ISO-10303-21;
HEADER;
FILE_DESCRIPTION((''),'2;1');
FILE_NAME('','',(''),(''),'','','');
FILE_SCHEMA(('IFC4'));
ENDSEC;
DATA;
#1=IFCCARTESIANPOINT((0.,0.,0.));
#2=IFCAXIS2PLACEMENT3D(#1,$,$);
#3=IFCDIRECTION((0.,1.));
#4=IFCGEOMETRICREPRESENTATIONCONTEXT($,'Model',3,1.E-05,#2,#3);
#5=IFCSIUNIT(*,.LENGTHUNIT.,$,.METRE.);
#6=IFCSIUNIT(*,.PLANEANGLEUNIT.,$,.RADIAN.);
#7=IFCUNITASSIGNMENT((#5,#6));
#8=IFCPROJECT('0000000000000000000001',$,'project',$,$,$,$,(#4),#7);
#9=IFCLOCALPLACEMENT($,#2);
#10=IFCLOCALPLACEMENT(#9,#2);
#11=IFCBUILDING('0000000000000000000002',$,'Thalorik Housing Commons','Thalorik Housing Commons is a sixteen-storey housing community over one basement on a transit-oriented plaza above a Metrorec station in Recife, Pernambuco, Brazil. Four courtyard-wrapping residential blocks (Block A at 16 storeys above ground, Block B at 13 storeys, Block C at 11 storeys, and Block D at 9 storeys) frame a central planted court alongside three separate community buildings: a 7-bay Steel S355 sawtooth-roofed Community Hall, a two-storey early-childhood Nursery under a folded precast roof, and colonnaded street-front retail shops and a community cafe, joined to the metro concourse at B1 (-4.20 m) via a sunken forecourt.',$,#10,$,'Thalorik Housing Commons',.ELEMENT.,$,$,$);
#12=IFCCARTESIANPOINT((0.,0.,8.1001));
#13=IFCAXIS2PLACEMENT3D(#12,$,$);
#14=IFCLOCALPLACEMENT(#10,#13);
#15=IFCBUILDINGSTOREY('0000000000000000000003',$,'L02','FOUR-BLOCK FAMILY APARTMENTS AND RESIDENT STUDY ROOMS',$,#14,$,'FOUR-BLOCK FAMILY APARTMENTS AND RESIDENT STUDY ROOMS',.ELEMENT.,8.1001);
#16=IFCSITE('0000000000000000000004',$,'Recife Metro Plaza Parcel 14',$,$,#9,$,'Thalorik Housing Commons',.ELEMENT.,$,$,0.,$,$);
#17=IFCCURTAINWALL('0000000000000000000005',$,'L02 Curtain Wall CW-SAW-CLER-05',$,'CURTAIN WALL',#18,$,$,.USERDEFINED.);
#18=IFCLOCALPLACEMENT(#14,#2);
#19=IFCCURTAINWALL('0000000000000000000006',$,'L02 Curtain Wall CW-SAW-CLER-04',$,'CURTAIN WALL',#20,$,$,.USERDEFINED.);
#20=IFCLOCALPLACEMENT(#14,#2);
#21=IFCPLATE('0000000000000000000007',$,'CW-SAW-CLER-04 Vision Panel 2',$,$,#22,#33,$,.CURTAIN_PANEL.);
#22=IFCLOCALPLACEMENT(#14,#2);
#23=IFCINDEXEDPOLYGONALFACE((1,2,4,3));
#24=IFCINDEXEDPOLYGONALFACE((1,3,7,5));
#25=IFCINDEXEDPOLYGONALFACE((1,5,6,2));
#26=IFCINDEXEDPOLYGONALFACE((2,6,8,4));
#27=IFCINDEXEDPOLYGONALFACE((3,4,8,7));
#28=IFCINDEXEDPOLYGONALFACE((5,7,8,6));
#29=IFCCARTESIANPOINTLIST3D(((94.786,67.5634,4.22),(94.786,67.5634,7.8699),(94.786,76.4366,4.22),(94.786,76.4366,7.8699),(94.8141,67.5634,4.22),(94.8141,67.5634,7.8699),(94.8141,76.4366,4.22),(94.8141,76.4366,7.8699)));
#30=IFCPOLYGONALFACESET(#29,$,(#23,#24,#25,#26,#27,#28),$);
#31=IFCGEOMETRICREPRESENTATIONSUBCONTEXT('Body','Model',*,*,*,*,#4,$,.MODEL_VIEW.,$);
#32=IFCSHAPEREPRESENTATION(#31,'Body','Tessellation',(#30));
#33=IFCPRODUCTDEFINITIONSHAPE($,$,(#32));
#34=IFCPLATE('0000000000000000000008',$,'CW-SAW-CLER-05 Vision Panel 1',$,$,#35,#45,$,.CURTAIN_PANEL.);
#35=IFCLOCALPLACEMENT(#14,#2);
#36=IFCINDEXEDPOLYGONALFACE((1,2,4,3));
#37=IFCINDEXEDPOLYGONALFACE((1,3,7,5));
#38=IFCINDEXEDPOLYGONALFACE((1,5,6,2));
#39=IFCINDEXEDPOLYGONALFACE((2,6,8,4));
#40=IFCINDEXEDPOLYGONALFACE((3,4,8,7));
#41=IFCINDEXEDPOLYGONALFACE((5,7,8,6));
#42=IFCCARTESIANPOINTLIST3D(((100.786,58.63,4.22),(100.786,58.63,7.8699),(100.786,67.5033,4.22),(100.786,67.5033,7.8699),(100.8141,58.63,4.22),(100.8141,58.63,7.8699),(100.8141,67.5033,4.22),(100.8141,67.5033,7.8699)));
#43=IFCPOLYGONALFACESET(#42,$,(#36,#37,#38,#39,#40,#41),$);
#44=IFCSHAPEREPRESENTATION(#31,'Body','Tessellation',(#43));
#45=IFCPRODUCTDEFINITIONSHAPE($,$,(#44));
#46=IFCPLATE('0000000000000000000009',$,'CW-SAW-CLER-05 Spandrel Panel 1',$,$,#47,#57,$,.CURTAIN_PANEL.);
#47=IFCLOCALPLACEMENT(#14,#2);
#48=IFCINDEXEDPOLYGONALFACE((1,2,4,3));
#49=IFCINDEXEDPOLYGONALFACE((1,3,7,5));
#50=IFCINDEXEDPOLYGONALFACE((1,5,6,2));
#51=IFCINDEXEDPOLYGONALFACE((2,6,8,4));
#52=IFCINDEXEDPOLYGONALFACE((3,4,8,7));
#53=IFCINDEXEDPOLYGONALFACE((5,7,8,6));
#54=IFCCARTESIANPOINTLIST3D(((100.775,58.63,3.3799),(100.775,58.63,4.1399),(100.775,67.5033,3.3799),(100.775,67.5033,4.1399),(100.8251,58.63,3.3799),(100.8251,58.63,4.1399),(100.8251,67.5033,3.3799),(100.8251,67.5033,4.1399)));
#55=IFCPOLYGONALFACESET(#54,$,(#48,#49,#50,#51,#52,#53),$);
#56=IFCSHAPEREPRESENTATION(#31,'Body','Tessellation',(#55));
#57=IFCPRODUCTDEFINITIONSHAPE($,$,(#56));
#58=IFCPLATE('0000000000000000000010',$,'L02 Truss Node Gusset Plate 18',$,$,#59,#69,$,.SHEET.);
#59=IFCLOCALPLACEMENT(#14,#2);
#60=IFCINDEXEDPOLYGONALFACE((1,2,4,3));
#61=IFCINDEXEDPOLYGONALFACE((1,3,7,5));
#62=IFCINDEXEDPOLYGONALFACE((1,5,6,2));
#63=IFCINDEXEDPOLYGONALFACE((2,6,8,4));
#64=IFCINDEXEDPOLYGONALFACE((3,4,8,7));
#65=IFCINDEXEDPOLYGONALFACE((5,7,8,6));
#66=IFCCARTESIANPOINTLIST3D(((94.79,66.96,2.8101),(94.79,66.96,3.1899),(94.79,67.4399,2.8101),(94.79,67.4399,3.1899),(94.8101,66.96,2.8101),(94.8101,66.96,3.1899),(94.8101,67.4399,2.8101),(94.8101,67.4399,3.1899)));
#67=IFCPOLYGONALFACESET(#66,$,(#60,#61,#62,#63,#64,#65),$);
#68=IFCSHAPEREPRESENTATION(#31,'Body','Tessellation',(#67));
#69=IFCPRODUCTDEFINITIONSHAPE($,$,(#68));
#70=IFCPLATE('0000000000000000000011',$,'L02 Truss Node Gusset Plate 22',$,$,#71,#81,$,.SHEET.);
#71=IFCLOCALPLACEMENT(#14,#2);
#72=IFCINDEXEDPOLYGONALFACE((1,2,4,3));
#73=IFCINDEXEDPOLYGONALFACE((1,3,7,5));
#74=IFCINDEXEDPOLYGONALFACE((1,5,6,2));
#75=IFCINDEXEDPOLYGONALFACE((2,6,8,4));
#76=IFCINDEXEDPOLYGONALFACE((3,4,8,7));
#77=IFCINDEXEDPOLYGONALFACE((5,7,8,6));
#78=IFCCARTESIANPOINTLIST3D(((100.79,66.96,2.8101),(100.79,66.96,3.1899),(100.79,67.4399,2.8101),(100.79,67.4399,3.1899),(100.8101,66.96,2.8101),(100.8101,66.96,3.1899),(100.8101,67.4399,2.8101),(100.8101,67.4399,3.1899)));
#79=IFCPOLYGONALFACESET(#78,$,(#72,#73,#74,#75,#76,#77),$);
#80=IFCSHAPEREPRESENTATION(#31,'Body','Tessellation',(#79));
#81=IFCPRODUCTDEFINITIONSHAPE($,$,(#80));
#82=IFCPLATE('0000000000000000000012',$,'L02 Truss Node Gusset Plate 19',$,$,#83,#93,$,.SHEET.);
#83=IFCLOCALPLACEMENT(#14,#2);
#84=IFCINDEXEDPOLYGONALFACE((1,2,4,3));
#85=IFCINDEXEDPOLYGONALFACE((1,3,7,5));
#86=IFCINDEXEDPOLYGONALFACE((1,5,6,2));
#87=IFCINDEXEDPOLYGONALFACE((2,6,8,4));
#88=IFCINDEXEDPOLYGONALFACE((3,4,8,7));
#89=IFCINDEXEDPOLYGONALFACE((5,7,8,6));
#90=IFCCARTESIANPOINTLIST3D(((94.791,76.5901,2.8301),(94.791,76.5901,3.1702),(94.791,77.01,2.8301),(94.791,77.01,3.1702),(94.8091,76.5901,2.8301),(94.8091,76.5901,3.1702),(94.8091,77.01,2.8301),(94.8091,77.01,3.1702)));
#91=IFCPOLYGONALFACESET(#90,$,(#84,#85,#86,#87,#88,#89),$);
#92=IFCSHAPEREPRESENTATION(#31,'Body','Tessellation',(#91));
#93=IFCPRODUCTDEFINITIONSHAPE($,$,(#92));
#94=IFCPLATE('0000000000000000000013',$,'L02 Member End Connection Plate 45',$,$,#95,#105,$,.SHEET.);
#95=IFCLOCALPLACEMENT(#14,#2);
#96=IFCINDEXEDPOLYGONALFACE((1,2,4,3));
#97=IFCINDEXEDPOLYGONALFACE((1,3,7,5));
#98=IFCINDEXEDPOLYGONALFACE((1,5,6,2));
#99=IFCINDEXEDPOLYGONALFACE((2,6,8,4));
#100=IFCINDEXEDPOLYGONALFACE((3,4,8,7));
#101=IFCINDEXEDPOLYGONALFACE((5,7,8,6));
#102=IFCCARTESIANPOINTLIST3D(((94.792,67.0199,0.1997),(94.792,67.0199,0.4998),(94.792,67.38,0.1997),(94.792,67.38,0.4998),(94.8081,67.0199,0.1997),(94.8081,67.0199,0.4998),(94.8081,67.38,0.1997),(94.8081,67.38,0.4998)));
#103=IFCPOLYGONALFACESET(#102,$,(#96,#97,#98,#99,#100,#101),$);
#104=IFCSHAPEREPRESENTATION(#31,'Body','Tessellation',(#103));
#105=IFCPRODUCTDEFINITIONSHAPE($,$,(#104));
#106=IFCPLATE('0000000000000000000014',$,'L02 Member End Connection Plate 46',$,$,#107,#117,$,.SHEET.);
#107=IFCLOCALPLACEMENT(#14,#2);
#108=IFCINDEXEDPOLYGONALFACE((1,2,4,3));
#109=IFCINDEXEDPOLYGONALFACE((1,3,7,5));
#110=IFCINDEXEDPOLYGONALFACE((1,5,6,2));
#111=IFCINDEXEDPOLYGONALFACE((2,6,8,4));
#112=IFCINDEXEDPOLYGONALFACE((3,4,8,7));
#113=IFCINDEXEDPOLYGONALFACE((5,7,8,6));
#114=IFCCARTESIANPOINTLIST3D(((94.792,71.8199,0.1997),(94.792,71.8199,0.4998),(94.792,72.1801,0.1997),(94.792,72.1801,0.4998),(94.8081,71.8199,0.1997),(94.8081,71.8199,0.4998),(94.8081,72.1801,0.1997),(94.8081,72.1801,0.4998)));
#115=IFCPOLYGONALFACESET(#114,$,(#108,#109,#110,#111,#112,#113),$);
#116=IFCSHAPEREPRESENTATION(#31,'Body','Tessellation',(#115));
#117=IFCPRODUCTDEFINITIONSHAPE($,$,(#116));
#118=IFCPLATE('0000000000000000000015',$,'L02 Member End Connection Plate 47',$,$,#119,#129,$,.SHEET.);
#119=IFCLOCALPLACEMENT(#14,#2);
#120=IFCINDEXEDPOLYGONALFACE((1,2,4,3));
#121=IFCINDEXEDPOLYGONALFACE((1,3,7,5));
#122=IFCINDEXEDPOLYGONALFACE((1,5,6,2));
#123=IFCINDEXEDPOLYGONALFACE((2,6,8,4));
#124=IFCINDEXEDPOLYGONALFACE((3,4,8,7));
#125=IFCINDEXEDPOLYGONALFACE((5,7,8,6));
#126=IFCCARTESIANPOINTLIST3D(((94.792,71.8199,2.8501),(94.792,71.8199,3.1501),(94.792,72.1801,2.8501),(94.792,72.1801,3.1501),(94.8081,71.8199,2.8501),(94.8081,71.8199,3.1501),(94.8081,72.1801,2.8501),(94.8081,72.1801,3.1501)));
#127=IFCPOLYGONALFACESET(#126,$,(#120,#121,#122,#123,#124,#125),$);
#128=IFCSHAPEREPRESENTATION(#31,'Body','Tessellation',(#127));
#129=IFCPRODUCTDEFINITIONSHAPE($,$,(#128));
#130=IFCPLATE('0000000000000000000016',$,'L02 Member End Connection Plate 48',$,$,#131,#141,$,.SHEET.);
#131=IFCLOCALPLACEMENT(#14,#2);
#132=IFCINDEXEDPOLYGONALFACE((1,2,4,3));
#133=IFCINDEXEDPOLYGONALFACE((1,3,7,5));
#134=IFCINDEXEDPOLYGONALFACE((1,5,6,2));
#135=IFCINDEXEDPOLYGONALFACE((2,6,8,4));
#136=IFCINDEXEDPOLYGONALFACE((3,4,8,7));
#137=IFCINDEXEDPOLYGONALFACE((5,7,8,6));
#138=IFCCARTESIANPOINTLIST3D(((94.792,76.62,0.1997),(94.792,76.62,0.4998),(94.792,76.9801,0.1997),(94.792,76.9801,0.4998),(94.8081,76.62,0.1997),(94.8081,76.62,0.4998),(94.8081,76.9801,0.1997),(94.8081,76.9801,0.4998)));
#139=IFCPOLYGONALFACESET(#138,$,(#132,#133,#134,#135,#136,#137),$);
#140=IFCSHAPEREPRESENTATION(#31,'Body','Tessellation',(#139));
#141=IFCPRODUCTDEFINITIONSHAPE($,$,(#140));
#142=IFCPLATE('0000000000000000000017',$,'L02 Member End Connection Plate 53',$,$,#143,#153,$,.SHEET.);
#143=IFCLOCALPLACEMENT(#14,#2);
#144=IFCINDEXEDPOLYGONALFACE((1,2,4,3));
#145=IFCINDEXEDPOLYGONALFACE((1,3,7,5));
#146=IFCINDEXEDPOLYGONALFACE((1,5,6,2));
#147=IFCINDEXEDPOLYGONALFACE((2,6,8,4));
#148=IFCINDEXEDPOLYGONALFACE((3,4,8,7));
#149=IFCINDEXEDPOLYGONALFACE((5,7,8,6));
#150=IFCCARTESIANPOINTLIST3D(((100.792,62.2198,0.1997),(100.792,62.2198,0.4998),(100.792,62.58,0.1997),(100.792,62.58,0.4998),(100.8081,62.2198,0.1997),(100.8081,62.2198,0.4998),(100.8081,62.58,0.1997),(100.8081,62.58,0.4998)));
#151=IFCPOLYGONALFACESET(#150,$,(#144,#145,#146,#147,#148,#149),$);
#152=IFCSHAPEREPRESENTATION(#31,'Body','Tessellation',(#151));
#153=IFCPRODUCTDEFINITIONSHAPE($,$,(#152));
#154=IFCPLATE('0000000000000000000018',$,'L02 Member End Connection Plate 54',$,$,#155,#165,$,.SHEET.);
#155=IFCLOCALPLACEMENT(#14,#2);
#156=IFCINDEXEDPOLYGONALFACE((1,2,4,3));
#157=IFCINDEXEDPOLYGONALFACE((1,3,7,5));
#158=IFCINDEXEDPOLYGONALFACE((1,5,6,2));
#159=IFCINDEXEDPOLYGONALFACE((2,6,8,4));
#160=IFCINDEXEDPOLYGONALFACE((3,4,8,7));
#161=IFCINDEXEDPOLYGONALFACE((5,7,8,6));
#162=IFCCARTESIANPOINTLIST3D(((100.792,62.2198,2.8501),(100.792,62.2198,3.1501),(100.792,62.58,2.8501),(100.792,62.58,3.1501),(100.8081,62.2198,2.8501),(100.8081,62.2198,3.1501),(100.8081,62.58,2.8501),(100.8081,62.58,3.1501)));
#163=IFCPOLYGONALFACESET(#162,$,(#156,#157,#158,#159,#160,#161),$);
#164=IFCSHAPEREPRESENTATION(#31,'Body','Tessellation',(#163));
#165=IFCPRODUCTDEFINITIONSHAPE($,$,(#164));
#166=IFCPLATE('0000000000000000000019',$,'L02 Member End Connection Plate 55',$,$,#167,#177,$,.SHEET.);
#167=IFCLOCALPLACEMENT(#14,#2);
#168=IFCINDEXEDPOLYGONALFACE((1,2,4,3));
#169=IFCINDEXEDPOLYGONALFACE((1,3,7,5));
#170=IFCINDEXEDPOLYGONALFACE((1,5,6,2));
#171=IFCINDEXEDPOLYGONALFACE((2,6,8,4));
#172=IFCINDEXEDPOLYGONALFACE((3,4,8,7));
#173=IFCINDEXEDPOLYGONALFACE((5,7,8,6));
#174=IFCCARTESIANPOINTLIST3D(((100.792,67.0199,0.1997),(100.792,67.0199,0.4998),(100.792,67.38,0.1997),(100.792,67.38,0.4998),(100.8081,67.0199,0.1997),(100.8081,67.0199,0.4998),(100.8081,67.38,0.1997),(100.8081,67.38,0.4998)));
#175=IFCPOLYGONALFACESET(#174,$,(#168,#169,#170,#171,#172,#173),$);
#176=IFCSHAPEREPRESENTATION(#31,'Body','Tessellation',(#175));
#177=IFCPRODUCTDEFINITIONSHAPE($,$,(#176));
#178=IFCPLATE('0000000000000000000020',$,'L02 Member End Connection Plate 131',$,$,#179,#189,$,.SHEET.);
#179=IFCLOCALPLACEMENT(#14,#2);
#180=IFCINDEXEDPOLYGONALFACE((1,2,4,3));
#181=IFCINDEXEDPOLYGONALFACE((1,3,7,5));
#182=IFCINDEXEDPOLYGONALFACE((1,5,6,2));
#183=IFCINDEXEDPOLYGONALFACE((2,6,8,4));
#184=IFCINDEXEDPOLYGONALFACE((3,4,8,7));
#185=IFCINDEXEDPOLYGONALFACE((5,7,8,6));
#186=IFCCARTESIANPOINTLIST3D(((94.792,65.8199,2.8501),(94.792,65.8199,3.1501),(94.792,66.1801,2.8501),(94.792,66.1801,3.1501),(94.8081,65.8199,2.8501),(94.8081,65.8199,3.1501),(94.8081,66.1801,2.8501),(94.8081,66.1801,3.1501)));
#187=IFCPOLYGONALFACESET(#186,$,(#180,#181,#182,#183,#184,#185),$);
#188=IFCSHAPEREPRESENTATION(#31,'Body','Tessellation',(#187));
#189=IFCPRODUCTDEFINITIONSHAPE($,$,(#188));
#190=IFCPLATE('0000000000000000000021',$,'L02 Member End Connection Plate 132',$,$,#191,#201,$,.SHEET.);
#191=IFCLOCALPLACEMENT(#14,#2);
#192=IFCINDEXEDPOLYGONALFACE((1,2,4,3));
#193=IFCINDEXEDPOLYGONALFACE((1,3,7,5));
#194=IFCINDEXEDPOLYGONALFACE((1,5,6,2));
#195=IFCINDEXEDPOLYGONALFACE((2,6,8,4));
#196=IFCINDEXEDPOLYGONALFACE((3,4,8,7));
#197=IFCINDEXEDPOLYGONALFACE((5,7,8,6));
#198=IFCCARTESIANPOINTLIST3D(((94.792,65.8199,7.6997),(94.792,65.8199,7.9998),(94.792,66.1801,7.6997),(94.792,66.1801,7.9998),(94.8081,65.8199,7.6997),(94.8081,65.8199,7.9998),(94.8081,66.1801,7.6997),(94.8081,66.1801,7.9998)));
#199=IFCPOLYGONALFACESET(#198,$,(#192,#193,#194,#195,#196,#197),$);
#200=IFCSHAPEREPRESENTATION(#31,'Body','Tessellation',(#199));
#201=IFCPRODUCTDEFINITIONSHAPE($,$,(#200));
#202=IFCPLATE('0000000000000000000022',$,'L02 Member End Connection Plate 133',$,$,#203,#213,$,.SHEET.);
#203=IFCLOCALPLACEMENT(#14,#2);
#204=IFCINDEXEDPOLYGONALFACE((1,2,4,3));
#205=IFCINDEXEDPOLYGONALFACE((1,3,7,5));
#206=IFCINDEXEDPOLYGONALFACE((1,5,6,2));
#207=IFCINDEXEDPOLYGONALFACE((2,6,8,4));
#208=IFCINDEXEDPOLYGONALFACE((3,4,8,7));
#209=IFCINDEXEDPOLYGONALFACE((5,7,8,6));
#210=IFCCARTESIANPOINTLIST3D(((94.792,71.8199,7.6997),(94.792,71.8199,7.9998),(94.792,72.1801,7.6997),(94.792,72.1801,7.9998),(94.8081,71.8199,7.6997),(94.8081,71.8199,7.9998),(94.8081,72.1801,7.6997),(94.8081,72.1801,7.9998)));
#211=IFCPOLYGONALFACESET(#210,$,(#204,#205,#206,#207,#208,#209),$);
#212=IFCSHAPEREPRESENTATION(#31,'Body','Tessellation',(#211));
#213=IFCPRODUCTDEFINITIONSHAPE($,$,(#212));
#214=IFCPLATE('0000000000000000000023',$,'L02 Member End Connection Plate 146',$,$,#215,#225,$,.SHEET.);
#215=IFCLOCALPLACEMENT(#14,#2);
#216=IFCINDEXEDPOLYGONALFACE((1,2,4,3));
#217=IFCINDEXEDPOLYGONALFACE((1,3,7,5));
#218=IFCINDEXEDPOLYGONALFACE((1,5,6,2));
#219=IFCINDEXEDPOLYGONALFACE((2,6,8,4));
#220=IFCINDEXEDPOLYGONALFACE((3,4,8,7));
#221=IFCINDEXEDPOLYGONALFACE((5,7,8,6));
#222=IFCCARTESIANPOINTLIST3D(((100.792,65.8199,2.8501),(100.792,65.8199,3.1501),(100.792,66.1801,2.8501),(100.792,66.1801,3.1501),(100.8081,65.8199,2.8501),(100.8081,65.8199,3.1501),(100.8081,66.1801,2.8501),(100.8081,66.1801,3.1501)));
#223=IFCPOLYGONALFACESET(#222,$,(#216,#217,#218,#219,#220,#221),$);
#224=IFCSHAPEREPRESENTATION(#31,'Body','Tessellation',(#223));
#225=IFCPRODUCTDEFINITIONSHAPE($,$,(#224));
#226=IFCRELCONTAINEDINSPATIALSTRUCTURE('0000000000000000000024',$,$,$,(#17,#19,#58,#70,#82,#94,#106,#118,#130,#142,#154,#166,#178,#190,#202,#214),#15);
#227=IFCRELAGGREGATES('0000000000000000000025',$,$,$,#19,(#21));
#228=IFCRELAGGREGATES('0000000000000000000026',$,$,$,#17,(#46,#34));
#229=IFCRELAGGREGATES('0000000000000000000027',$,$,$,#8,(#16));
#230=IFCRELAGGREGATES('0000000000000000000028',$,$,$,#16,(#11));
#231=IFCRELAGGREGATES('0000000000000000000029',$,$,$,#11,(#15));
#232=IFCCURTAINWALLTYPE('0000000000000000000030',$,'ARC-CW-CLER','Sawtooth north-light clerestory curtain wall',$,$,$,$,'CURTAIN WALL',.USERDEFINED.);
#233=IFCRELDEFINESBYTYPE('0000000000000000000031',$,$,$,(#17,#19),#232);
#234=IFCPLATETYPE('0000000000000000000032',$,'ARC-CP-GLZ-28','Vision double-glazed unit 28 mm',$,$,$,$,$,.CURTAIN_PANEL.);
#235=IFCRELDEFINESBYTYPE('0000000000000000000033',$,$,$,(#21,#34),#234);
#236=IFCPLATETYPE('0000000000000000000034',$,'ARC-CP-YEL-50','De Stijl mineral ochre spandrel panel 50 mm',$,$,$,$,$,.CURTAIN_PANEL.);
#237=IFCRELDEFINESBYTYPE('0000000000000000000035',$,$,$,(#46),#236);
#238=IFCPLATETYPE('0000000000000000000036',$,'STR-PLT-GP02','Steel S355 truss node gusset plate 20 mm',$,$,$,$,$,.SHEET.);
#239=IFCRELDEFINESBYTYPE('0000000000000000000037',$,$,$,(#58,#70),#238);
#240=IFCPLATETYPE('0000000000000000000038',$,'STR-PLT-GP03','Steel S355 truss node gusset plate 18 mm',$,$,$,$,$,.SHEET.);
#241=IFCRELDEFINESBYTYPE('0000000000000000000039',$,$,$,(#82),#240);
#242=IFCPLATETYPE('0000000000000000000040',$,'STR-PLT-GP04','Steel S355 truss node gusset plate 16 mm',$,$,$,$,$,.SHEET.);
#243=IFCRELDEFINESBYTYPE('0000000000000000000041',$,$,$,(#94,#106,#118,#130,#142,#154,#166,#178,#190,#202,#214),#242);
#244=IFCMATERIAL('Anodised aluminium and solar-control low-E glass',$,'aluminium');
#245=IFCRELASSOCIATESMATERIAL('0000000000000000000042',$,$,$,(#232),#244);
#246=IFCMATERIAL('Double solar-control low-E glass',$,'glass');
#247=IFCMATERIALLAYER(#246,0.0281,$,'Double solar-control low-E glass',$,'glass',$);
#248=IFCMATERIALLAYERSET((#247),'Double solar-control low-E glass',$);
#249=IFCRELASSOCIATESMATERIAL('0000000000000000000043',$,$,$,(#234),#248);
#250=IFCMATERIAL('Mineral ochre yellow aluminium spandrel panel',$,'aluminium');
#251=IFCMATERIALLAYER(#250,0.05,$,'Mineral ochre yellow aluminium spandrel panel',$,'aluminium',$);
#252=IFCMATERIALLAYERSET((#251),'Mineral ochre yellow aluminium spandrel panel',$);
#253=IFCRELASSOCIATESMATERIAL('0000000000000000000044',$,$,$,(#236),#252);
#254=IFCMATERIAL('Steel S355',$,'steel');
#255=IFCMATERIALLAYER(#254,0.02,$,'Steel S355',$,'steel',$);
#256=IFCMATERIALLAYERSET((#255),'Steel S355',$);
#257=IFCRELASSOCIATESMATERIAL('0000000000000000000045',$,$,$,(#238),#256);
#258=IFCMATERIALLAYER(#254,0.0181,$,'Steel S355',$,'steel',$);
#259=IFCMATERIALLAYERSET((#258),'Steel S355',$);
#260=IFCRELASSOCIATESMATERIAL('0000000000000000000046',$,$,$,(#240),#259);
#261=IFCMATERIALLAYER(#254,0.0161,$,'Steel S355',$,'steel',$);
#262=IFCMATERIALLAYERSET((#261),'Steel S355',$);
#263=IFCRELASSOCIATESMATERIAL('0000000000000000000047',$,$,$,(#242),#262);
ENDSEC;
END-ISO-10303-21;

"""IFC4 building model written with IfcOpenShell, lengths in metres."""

from ifc_helpers import new_model, si_unit, direction, frame, origin, origin_2d, place, context, subcontext, project, spatial, rectangle, extrude, material, layer, layer_set, type_object, element, aggregate, save


model = new_model("IFC4")

# Units and contexts
model_context = context("Model", 3, precision=1e-05, world=origin(), true_north=direction((0.0, 1.0)))
body_context = subcontext(model_context, "Body", "Model", "MODEL_VIEW")
ifc_project = project(units=[si_unit("LENGTHUNIT", "METRE"), si_unit("PLANEANGLEUNIT", "RADIAN")], contexts=[model_context])

# Site, building, storey
site_placement = place(None, origin())
site = spatial("IfcSite", under=ifc_project, at=site_placement, Name="Recife Metro Plaza Parcel 14", LongName="Thalorik Housing Commons", CompositionType="ELEMENT", RefElevation=0.0)
building_placement = place(site_placement, origin())
building = spatial("IfcBuilding", under=site, at=building_placement, Name="Thalorik Housing Commons", Description="Thalorik Housing Commons is a sixteen-storey housing community over one basement on a transit-oriented plaza above a Metrorec station in Recife, Pernambuco, Brazil. Four courtyard-wrapping residential blocks (Block A at 16 storeys above ground, Block B at 13 storeys, Block C at 11 storeys, and Block D at 9 storeys) frame a central planted court alongside three separate community buildings: a 7-bay Steel S355 sawtooth-roofed Community Hall, a two-storey early-childhood Nursery under a folded precast roof, and colonnaded street-front retail shops and a community cafe, joined to the metro concourse at B1 (-4.20 m) via a sunken forecourt.", LongName="Thalorik Housing Commons", CompositionType="ELEMENT")
storey_placement = place(building_placement, frame((0.0, 0.0, 8.1001)))
storey = spatial("IfcBuildingStorey", under=building, at=storey_placement, Name="L02", Description="FOUR-BLOCK FAMILY APARTMENTS AND RESIDENT STUDY ROOMS", LongName="FOUR-BLOCK FAMILY APARTMENTS AND RESIDENT STUDY ROOMS", CompositionType="ELEMENT", Elevation=8.1001)

# Curtain wall
ifc_material_1 = material(Name="Anodised aluminium and solar-control low-E glass", Category="aluminium")
curtain_wall_type = type_object("IfcCurtainWallType", Name="ARC-CW-CLER", Description="Sawtooth north-light clerestory curtain wall", ElementType="CURTAIN WALL", PredefinedType="USERDEFINED", material=ifc_material_1)
curtain_wall_1_placement = place(storey_placement, origin())
curtain_wall_1 = element("IfcCurtainWall", 1, at=curtain_wall_1_placement, inside=storey, type_object=curtain_wall_type, Name="L02 Curtain Wall CW-SAW-CLER-05", ObjectType="CURTAIN WALL", PredefinedType="USERDEFINED")

# Curtain wall
curtain_wall_2_placement = place(storey_placement, origin())
curtain_wall_2 = element("IfcCurtainWall", 2, at=curtain_wall_2_placement, inside=storey, type_object=curtain_wall_type, Name="L02 Curtain Wall CW-SAW-CLER-04", ObjectType="CURTAIN WALL", PredefinedType="USERDEFINED")

# Shared definitions
ifc_material_2 = material(Name="Steel S355", Category="steel")

# Plates
ifc_material_3 = material(Name="Double solar-control low-E glass", Category="glass")
ifc_layer_1 = layer(ifc_material_3, 0.0281, Name="Double solar-control low-E glass", Category="glass")
ifc_layer_set_1 = layer_set([ifc_layer_1], Name="Double solar-control low-E glass")
plate_type_1 = type_object("IfcPlateType", Name="ARC-CP-GLZ-28", Description="Vision double-glazed unit 28 mm", PredefinedType="CURTAIN_PANEL", material=ifc_layer_set_1)
plate_1_placement = place(storey_placement, frame((94.8, 72.0, 4.22), z_axis=(0.0, 0.0, 1.0), x_axis=(0.0, 1.0, 0.0)))
plate_1 = element("IfcPlate", 3, at=plate_1_placement, type_object=plate_type_1, Name="CW-SAW-CLER-04 Vision Panel 2", PredefinedType="CURTAIN_PANEL", context=body_context, shape_type="SweptSolid", body=[
    extrude(rectangle(XDim=8.8733, YDim=0.0281, at=origin_2d()), origin(), (0.0, 0.0, 1.0), 3.6499),
])
aggregate(curtain_wall_2, [plate_1])
plate_2_placement = place(storey_placement, frame((100.8, 63.0667, 4.22), z_axis=(0.0, 0.0, 1.0), x_axis=(0.0, 1.0, 0.0)))
plate_2 = element("IfcPlate", 4, at=plate_2_placement, type_object=plate_type_1, Name="CW-SAW-CLER-05 Vision Panel 1", PredefinedType="CURTAIN_PANEL", context=body_context, shape_type="SweptSolid", body=[
    extrude(rectangle(XDim=8.8733, YDim=0.0281, at=origin_2d()), origin(), (0.0, 0.0, 1.0), 3.6499),
])
ifc_material_4 = material(Name="Mineral ochre yellow aluminium spandrel panel", Category="aluminium")
ifc_layer_2 = layer(ifc_material_4, 0.05, Name="Mineral ochre yellow aluminium spandrel panel", Category="aluminium")
ifc_layer_set_2 = layer_set([ifc_layer_2], Name="Mineral ochre yellow aluminium spandrel panel")
plate_type_2 = type_object("IfcPlateType", Name="ARC-CP-YEL-50", Description="De Stijl mineral ochre spandrel panel 50 mm", PredefinedType="CURTAIN_PANEL", material=ifc_layer_set_2)
plate_3_placement = place(storey_placement, frame((100.8, 63.0667, 3.3799), z_axis=(0.0, 0.0, 1.0), x_axis=(0.0, 1.0, 0.0)))
plate_3 = element("IfcPlate", 5, at=plate_3_placement, type_object=plate_type_2, Name="CW-SAW-CLER-05 Spandrel Panel 1", PredefinedType="CURTAIN_PANEL", context=body_context, shape_type="SweptSolid", body=[
    extrude(rectangle(XDim=8.8733, YDim=0.05, at=origin_2d()), origin(), (0.0, 0.0, 1.0), 0.76),
])
aggregate(curtain_wall_1, [plate_3, plate_2])

# Plates
ifc_layer_3 = layer(ifc_material_2, 0.02, Name="Steel S355", Category="steel")
ifc_layer_set_3 = layer_set([ifc_layer_3], Name="Steel S355")
plate_type_3 = type_object("IfcPlateType", Name="STR-PLT-GP02", Description="Steel S355 truss node gusset plate 20 mm", PredefinedType="SHEET", material=ifc_layer_set_3)
for number, where, z_axis, x_axis, name in (
    (6, (94.8, 67.2, 2.8101), (0.0, 0.0, 1.0), (1.0, 0.0, 0.0), "L02 Truss Node Gusset Plate 18"),
    (7, (100.8, 67.2, 2.8101), (0.0, 0.0, 1.0), (1.0, 0.0, 0.0), "L02 Truss Node Gusset Plate 22"),
):
    element("IfcPlate", number, at=place(storey_placement, frame(where, z_axis=z_axis, x_axis=x_axis)), inside=storey, type_object=plate_type_3, Name=name, PredefinedType="SHEET", context=body_context, shape_type="SweptSolid", body=[
        extrude(rectangle(XDim=0.02, YDim=0.48, at=origin_2d()), origin(), (0.0, 0.0, 1.0), 0.3799),
    ])
ifc_layer_4 = layer(ifc_material_2, 0.0181, Name="Steel S355", Category="steel")
ifc_layer_set_4 = layer_set([ifc_layer_4], Name="Steel S355")
plate_type_4 = type_object("IfcPlateType", Name="STR-PLT-GP03", Description="Steel S355 truss node gusset plate 18 mm", PredefinedType="SHEET", material=ifc_layer_set_4)
plate_4_placement = place(storey_placement, frame((94.8, 76.8, 2.8301), z_axis=(0.0, 0.0, 1.0), x_axis=(1.0, 0.0, 0.0)))
element("IfcPlate", 8, at=plate_4_placement, inside=storey, type_object=plate_type_4, Name="L02 Truss Node Gusset Plate 19", PredefinedType="SHEET", context=body_context, shape_type="SweptSolid", body=[
    extrude(rectangle(XDim=0.0181, YDim=0.4199, at=origin_2d()), origin(), (0.0, 0.0, 1.0), 0.3401),
])
ifc_layer_5 = layer(ifc_material_2, 0.0161, Name="Steel S355", Category="steel")
ifc_layer_set_5 = layer_set([ifc_layer_5], Name="Steel S355")
plate_type_5 = type_object("IfcPlateType", Name="STR-PLT-GP04", Description="Steel S355 truss node gusset plate 16 mm", PredefinedType="SHEET", material=ifc_layer_set_5)
for number, where, z_axis, x_axis, name in (
    (9, (94.8, 67.2, 0.1997), (0.0, 0.0, 1.0), (1.0, 0.0, 0.0), "L02 Member End Connection Plate 45"),
    (10, (94.8, 72.0, 0.1997), (0.0, 0.0, 1.0), (1.0, 0.0, 0.0), "L02 Member End Connection Plate 46"),
    (11, (94.8, 72.0, 2.8501), (0.0, 0.0, 1.0), (1.0, 0.0, 0.0), "L02 Member End Connection Plate 47"),
    (12, (94.8, 76.8, 0.1997), (0.0, 0.0, 1.0), (1.0, 0.0, 0.0), "L02 Member End Connection Plate 48"),
    (13, (100.8, 62.3999, 0.1997), (0.0, 0.0, 1.0), (1.0, 0.0, 0.0), "L02 Member End Connection Plate 53"),
    (14, (100.8, 62.3999, 2.8501), (0.0, 0.0, 1.0), (1.0, 0.0, 0.0), "L02 Member End Connection Plate 54"),
    (15, (100.8, 67.2, 0.1997), (0.0, 0.0, 1.0), (1.0, 0.0, 0.0), "L02 Member End Connection Plate 55"),
    (16, (94.8, 66.0, 2.8501), (0.0, 0.0, 1.0), (1.0, 0.0, 0.0), "L02 Member End Connection Plate 131"),
    (17, (94.8, 66.0, 7.6997), (0.0, 0.0, 1.0), (1.0, 0.0, 0.0), "L02 Member End Connection Plate 132"),
    (18, (94.8, 72.0, 7.6997), (0.0, 0.0, 1.0), (1.0, 0.0, 0.0), "L02 Member End Connection Plate 133"),
    (19, (100.8, 66.0, 2.8501), (0.0, 0.0, 1.0), (1.0, 0.0, 0.0), "L02 Member End Connection Plate 146"),
):
    element("IfcPlate", number, at=place(storey_placement, frame(where, z_axis=z_axis, x_axis=x_axis)), inside=storey, type_object=plate_type_5, Name=name, PredefinedType="SHEET", context=body_context, shape_type="SweptSolid", body=[
        extrude(rectangle(XDim=0.0161, YDim=0.3601, at=origin_2d()), origin(), (0.0, 0.0, 1.0), 0.3),
    ])

save(model, "model.ifc")
